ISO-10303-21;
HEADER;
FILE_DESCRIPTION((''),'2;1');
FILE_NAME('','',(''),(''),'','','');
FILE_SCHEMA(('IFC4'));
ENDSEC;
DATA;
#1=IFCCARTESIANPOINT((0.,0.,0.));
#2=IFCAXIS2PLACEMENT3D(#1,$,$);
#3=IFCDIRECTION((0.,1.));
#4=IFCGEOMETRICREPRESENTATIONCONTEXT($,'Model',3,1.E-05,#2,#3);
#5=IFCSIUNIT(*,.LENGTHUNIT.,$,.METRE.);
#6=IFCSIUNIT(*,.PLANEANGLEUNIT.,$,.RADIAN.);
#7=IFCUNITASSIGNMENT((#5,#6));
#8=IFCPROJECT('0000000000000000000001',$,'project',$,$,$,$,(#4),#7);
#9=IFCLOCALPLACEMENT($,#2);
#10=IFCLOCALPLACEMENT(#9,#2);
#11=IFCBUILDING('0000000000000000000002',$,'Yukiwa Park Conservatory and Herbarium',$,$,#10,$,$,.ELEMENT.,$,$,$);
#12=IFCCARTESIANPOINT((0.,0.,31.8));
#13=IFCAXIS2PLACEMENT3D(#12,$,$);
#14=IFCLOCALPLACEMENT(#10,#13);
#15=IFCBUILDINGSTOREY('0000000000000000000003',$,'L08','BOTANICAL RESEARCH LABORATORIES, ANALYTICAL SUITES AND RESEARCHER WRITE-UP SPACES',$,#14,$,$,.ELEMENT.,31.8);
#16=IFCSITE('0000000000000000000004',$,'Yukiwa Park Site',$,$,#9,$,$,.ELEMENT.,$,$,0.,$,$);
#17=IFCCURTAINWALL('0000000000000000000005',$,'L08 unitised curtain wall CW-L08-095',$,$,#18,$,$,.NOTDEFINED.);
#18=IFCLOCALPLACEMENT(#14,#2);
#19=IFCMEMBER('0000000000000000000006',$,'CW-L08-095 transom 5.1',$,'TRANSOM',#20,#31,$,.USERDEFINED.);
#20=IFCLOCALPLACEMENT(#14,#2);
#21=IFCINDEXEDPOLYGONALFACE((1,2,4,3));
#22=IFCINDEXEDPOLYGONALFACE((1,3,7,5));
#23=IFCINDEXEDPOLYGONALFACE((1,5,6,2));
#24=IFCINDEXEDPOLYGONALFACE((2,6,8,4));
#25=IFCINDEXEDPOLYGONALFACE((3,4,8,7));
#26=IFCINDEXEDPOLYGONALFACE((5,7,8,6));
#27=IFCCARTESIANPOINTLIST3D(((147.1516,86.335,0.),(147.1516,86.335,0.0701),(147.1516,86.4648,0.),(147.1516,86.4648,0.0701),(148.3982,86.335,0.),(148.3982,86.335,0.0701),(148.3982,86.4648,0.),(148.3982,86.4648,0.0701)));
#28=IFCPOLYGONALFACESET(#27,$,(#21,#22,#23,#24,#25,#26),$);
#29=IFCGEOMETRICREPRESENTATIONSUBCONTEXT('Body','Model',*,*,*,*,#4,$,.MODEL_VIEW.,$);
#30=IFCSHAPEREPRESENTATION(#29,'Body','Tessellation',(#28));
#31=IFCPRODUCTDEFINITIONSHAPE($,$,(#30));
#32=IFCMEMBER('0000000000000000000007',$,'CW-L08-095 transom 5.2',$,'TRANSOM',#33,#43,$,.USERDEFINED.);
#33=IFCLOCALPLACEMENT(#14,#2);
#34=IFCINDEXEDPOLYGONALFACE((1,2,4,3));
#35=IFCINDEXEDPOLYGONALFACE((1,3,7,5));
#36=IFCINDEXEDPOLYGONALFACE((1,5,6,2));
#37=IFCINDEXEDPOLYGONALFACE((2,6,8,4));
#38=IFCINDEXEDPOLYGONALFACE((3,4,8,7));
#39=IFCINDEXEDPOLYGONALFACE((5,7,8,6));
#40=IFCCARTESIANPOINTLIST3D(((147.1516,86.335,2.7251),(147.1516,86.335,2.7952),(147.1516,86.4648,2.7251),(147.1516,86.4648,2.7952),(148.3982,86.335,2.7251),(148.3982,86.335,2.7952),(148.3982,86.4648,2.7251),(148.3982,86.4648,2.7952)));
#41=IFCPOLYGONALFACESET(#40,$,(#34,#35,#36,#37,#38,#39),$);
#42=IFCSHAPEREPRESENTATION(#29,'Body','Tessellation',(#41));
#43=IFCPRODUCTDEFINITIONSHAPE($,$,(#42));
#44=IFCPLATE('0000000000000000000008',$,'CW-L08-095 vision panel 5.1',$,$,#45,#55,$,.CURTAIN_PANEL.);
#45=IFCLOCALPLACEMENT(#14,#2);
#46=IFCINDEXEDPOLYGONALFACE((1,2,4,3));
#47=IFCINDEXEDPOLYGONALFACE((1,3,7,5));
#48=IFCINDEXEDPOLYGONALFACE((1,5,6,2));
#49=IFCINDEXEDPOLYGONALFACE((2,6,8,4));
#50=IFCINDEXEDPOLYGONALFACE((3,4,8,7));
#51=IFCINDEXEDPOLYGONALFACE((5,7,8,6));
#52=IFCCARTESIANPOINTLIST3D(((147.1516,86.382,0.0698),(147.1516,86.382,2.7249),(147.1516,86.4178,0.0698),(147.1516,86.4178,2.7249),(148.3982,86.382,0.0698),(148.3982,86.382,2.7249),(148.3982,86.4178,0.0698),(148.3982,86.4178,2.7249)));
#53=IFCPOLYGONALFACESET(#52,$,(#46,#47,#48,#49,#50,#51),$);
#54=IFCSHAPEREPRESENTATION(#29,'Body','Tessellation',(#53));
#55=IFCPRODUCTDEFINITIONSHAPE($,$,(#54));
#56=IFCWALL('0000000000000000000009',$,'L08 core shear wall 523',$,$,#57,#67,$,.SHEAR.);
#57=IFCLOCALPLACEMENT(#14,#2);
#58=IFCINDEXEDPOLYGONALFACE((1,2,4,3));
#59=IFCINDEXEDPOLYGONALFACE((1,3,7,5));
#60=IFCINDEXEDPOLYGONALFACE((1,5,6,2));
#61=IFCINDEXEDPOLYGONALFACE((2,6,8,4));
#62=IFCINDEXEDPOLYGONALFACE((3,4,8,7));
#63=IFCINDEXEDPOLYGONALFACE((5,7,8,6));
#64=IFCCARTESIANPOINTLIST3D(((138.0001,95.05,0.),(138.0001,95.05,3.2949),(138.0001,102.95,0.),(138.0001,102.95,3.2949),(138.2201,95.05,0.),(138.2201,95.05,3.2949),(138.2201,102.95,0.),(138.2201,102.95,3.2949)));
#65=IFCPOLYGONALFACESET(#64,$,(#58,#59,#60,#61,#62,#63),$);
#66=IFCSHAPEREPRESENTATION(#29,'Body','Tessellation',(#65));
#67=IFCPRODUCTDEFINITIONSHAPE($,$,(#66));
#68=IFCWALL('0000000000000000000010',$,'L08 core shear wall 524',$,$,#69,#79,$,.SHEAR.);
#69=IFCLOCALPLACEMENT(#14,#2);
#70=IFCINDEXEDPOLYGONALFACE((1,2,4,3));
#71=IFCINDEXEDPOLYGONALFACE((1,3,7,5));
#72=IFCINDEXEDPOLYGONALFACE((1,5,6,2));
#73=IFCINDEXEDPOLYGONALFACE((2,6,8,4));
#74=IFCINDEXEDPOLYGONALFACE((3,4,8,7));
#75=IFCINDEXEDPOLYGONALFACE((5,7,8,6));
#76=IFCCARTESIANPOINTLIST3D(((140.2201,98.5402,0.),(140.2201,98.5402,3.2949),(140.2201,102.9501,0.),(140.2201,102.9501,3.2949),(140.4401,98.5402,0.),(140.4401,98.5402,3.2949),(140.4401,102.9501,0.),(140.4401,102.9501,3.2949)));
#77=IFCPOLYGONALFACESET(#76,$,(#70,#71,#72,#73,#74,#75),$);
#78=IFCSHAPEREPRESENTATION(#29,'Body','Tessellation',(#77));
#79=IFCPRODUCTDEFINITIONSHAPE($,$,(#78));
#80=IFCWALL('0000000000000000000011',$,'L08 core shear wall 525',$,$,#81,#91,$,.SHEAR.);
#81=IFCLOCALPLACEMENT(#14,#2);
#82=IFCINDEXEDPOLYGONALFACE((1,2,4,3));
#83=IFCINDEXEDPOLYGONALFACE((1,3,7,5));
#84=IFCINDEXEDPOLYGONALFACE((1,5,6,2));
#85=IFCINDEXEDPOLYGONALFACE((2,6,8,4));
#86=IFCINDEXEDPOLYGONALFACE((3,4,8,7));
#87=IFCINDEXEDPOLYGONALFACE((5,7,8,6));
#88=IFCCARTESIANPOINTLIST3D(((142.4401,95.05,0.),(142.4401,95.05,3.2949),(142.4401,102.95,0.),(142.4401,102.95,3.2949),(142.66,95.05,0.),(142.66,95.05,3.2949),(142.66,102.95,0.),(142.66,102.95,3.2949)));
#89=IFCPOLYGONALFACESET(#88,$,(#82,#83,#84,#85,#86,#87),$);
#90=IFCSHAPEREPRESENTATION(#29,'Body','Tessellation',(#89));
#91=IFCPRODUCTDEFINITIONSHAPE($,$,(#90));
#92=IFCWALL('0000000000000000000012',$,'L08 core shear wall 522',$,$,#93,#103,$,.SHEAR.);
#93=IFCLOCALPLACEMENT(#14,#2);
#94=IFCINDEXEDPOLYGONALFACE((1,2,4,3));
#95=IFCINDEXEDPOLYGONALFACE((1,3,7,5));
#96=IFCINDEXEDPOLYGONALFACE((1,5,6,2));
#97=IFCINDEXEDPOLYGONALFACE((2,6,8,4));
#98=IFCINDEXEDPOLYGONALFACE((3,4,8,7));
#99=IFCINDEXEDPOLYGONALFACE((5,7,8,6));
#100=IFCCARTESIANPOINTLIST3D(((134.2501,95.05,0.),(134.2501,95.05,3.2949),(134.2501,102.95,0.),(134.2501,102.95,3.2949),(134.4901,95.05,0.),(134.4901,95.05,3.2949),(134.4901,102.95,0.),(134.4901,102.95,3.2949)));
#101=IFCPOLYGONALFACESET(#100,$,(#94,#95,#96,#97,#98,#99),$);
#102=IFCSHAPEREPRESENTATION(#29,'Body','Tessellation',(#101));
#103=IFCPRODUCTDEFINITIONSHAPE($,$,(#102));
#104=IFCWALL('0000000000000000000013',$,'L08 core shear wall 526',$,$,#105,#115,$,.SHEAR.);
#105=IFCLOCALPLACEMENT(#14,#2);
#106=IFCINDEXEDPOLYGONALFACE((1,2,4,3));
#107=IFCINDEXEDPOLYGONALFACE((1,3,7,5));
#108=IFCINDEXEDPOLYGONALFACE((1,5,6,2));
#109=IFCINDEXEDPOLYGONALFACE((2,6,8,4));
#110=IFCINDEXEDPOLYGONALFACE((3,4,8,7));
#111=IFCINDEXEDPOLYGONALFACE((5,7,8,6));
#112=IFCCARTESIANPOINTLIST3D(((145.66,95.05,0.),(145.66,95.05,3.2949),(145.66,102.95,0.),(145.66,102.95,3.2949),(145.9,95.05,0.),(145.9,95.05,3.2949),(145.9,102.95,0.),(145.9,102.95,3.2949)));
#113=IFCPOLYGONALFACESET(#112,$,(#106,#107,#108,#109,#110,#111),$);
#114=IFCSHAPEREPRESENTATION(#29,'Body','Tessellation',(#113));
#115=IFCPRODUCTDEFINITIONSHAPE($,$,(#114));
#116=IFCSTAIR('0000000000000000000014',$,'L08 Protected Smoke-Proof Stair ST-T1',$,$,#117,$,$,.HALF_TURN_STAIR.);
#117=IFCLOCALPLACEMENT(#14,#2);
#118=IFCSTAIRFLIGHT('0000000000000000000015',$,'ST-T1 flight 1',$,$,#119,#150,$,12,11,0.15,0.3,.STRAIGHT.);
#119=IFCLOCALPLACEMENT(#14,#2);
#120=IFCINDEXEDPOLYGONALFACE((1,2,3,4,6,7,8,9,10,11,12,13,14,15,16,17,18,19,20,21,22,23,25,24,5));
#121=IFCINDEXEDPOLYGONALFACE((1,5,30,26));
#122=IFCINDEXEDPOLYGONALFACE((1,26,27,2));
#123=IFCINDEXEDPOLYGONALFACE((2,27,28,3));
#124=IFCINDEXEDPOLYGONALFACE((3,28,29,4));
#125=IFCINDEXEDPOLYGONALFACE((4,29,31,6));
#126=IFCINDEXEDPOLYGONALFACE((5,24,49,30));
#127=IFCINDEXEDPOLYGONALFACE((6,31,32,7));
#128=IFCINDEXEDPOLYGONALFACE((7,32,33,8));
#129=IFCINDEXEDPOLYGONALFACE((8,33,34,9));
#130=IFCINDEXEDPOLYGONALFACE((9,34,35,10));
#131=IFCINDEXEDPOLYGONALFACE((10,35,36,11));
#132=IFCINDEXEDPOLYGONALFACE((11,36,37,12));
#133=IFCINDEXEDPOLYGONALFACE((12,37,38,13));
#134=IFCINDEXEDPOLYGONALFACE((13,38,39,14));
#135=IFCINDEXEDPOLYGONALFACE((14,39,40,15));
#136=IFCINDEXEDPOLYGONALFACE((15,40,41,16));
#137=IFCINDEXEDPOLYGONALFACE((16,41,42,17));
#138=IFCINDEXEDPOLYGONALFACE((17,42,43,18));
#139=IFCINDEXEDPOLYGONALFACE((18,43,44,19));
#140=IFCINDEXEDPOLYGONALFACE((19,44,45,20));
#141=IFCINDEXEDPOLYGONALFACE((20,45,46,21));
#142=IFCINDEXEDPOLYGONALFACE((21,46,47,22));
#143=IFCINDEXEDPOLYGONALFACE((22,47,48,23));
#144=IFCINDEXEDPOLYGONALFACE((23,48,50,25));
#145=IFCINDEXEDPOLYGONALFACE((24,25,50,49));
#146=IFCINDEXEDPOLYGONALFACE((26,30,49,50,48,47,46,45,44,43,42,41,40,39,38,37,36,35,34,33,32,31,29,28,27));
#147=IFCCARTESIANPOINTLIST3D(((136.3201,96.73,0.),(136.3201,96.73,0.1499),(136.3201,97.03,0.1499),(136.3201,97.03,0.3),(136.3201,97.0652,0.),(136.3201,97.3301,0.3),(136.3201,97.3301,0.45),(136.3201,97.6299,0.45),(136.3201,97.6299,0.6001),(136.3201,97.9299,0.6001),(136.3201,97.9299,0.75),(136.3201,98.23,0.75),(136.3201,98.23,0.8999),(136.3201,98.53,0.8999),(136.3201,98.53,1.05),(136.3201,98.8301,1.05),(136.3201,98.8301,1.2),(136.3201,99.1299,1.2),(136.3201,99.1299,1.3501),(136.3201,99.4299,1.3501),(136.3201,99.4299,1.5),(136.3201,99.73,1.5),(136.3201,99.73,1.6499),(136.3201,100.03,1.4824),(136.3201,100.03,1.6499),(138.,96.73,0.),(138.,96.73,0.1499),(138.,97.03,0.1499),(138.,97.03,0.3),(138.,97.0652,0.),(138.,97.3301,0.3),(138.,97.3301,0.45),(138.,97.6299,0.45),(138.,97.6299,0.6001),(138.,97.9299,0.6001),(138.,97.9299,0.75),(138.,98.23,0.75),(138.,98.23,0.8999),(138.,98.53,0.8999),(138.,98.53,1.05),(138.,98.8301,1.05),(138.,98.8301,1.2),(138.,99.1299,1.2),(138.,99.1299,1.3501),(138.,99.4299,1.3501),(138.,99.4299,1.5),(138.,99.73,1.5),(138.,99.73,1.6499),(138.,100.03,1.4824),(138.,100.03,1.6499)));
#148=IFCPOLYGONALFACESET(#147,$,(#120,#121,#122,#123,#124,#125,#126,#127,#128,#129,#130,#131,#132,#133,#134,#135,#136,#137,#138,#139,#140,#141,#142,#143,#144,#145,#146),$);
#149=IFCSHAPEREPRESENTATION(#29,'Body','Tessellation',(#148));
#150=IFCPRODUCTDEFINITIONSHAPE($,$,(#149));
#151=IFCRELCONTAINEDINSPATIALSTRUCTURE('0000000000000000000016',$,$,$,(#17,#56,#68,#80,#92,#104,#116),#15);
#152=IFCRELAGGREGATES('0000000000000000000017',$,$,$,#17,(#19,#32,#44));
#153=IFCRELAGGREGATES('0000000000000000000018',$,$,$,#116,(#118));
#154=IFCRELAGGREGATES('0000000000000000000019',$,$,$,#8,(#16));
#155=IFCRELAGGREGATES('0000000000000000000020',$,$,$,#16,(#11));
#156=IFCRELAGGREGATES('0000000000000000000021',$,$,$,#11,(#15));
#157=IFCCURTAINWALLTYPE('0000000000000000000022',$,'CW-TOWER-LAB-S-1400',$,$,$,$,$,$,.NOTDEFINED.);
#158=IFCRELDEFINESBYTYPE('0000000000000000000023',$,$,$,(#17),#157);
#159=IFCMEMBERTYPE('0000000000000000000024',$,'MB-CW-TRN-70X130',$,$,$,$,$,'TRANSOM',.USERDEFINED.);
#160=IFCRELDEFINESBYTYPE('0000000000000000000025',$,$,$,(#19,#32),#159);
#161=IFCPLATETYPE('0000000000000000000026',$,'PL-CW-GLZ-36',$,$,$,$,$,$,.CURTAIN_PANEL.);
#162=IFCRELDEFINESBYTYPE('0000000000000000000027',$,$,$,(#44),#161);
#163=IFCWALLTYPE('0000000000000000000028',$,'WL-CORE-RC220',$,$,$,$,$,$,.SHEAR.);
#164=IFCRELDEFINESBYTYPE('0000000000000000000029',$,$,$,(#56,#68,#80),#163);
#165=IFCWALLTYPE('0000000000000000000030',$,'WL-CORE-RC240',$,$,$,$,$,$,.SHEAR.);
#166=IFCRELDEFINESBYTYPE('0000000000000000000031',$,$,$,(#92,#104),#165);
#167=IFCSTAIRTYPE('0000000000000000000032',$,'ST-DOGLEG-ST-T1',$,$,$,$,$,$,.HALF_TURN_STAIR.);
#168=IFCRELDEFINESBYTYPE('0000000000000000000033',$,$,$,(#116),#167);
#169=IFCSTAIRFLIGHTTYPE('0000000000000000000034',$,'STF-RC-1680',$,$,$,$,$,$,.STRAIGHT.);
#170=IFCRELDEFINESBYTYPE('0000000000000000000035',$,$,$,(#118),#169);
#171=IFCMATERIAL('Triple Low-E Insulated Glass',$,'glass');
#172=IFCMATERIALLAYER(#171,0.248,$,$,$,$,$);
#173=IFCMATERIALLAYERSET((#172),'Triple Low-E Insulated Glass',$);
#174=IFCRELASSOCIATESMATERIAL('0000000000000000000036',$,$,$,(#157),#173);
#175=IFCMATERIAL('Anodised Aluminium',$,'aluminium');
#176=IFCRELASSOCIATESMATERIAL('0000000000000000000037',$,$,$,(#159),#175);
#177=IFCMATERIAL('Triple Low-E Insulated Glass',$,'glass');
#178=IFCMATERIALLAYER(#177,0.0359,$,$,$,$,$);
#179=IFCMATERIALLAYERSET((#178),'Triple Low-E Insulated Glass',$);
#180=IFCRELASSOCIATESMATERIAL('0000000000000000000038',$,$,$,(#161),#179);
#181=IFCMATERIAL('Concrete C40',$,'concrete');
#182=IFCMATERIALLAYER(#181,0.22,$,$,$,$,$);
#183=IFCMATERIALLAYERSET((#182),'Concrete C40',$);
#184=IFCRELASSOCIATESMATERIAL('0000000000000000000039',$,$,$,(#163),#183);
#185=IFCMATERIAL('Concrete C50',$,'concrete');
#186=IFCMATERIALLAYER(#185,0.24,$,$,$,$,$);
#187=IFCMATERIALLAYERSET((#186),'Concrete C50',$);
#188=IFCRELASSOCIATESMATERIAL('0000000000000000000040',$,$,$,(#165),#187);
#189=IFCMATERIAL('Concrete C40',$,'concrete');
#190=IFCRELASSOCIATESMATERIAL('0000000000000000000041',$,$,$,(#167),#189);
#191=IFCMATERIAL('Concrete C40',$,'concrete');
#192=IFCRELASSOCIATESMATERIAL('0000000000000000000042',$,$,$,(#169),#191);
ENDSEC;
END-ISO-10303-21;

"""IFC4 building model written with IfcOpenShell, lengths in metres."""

from ifc_helpers import new_model, si_unit, direction, frame, frame_2d, origin, origin_2d, place, context, subcontext, project, spatial, polyline, rectangle, outline, extrude, material, layer, layer_set, type_object, element, aggregate, save


model = new_model("IFC4")

# Units and contexts
model_context = context("Model", 3, precision=1e-05, world=origin(), true_north=direction((0.0, 1.0)))
body_context = subcontext(model_context, "Body", "Model", "MODEL_VIEW")
ifc_project = project(units=[si_unit("LENGTHUNIT", "METRE"), si_unit("PLANEANGLEUNIT", "RADIAN")], contexts=[model_context])

# Site, building, storey
site_placement = place(None, origin())
site = spatial("IfcSite", under=ifc_project, at=site_placement, Name="Yukiwa Park Site", CompositionType="ELEMENT", RefElevation=0.0)
building_placement = place(site_placement, origin())
building = spatial("IfcBuilding", under=site, at=building_placement, Name="Yukiwa Park Conservatory and Herbarium", CompositionType="ELEMENT")
storey_placement = place(building_placement, frame((0.0, 0.0, 31.8)))
storey = spatial("IfcBuildingStorey", under=building, at=storey_placement, Name="L08", Description="BOTANICAL RESEARCH LABORATORIES, ANALYTICAL SUITES AND RESEARCHER WRITE-UP SPACES", CompositionType="ELEMENT", Elevation=31.8)

# Curtain wall, members, plate
ifc_material_1 = material(Name="Triple Low-E Insulated Glass", Category="glass")
ifc_layer_1 = layer(ifc_material_1, 0.248)
ifc_layer_set_1 = layer_set([ifc_layer_1], Name="Triple Low-E Insulated Glass")
curtain_wall_type = type_object("IfcCurtainWallType", Name="CW-TOWER-LAB-S-1400", PredefinedType="NOTDEFINED", material=ifc_layer_set_1)
curtain_wall_placement = place(storey_placement, origin())
curtain_wall = element("IfcCurtainWall", 1, at=curtain_wall_placement, inside=storey, type_object=curtain_wall_type, Name="L08 unitised curtain wall CW-L08-095", PredefinedType="NOTDEFINED")
ifc_material_2 = material(Name="Anodised Aluminium", Category="aluminium")
member_type = type_object("IfcMemberType", Name="MB-CW-TRN-70X130", ElementType="TRANSOM", PredefinedType="USERDEFINED", material=ifc_material_2)
member_1_placement = place(storey_placement, frame((147.7749, 86.3999, 0.0), z_axis=(0.0, 0.0, 1.0), x_axis=(1.0, 0.0, 0.0)))
member_1 = element("IfcMember", 2, at=member_1_placement, type_object=member_type, Name="CW-L08-095 transom 5.1", ObjectType="TRANSOM", PredefinedType="USERDEFINED", context=body_context, shape_type="SweptSolid", body=[
    extrude(rectangle(XDim=1.2466, YDim=0.1299, at=origin_2d()), origin(), (0.0, 0.0, 1.0), 0.0701),
])
member_2_placement = place(storey_placement, frame((147.7749, 86.3999, 2.7251), z_axis=(0.0, 0.0, 1.0), x_axis=(1.0, 0.0, 0.0)))
member_2 = element("IfcMember", 3, at=member_2_placement, type_object=member_type, Name="CW-L08-095 transom 5.2", ObjectType="TRANSOM", PredefinedType="USERDEFINED", context=body_context, shape_type="SweptSolid", body=[
    extrude(rectangle(XDim=1.2466, YDim=0.1299, at=origin_2d()), origin(), (0.0, 0.0, 1.0), 0.0701),
])
ifc_material_3 = material(Name="Triple Low-E Insulated Glass", Category="glass")
ifc_layer_2 = layer(ifc_material_3, 0.0359)
ifc_layer_set_2 = layer_set([ifc_layer_2], Name="Triple Low-E Insulated Glass")
plate_type = type_object("IfcPlateType", Name="PL-CW-GLZ-36", PredefinedType="CURTAIN_PANEL", material=ifc_layer_set_2)
plate_placement = place(storey_placement, frame((147.7749, 86.3999, 0.0698), z_axis=(0.0, 0.0, 1.0), x_axis=(1.0, 0.0, 0.0)))
plate = element("IfcPlate", 4, at=plate_placement, type_object=plate_type, Name="CW-L08-095 vision panel 5.1", PredefinedType="CURTAIN_PANEL", context=body_context, shape_type="SweptSolid", body=[
    extrude(rectangle(XDim=1.2466, YDim=0.0359, at=origin_2d()), origin(), (0.0, 0.0, 1.0), 2.655),
])
aggregate(curtain_wall, [member_1, member_2, plate])

# Walls
ifc_material_4 = material(Name="Concrete C40", Category="concrete")
ifc_layer_3 = layer(ifc_material_4, 0.22)
ifc_layer_set_3 = layer_set([ifc_layer_3], Name="Concrete C40")
wall_type_1 = type_object("IfcWallType", Name="WL-CORE-RC220", PredefinedType="SHEAR", material=ifc_layer_set_3)
wall_1_placement = place(storey_placement, frame((138.1101, 95.05, 0.0), z_axis=(0.0, 0.0, 1.0), x_axis=(0.0, 1.0, 0.0)))
element("IfcWall", 5, at=wall_1_placement, inside=storey, type_object=wall_type_1, Name="L08 core shear wall 523", PredefinedType="SHEAR", context=body_context, shape_type="SweptSolid", body=[
    extrude(rectangle(XDim=7.8999, YDim=0.22, at=frame_2d((3.95, 0.0))), origin(), (0.0, 0.0, 1.0), 3.2949),
])
wall_2_placement = place(storey_placement, frame((140.3301, 98.54, 0.0), z_axis=(0.0, 0.0, 1.0), x_axis=(0.0, 1.0, 0.0)))
element("IfcWall", 6, at=wall_2_placement, inside=storey, type_object=wall_type_1, Name="L08 core shear wall 524", PredefinedType="SHEAR", context=body_context, shape_type="SweptSolid", body=[
    extrude(rectangle(XDim=4.4099, YDim=0.22, at=frame_2d((2.2051, 0.0))), origin(), (0.0, 0.0, 1.0), 3.2949),
])
wall_3_placement = place(storey_placement, frame((142.55, 95.05, 0.0), z_axis=(0.0, 0.0, 1.0), x_axis=(0.0, 1.0, 0.0)))
element("IfcWall", 7, at=wall_3_placement, inside=storey, type_object=wall_type_1, Name="L08 core shear wall 525", PredefinedType="SHEAR", context=body_context, shape_type="SweptSolid", body=[
    extrude(rectangle(XDim=7.8999, YDim=0.22, at=frame_2d((3.95, 0.0))), origin(), (0.0, 0.0, 1.0), 3.2949),
])

# Shared definitions
ifc_material_5 = material(Name="Concrete C50", Category="concrete")
ifc_layer_4 = layer(ifc_material_5, 0.24)
ifc_layer_set_4 = layer_set([ifc_layer_4], Name="Concrete C50")
wall_type_2 = type_object("IfcWallType", Name="WL-CORE-RC240", PredefinedType="SHEAR", material=ifc_layer_set_4)

# Walls
for number, where, z_axis, x_axis, name in (
    (8, (134.3701, 95.05, 0.0), (0.0, 0.0, 1.0), (0.0, 1.0, 0.0), "L08 core shear wall 522"),
    (9, (145.78, 95.05, 0.0), (0.0, 0.0, 1.0), (0.0, 1.0, 0.0), "L08 core shear wall 526"),
):
    element("IfcWall", number, at=place(storey_placement, frame(where, z_axis=z_axis, x_axis=x_axis)), inside=storey, type_object=wall_type_2, Name=name, PredefinedType="SHEAR", context=body_context, shape_type="SweptSolid", body=[
        extrude(rectangle(XDim=7.8999, YDim=0.24, at=frame_2d((3.95, 0.0))), origin(), (0.0, 0.0, 1.0), 3.2949),
    ])

# Stair, stair flight
ifc_material_6 = material(Name="Concrete C40", Category="concrete")
stair_type = type_object("IfcStairType", Name="ST-DOGLEG-ST-T1", PredefinedType="HALF_TURN_STAIR", material=ifc_material_6)
stair_placement = place(storey_placement, origin())
stair = element("IfcStair", 10, at=stair_placement, inside=storey, type_object=stair_type, Name="L08 Protected Smoke-Proof Stair ST-T1", PredefinedType="HALF_TURN_STAIR")
ifc_material_7 = material(Name="Concrete C40", Category="concrete")
stair_flight_type = type_object("IfcStairFlightType", Name="STF-RC-1680", PredefinedType="STRAIGHT", material=ifc_material_7)
stair_flight_placement = place(storey_placement, frame((137.1599, 96.73, 0.0), z_axis=(0.0, 0.0, 1.0), x_axis=(0.0, 1.0, 0.0)))
stair_flight = element("IfcStairFlight", 11, at=stair_flight_placement, type_object=stair_flight_type, Name="ST-T1 flight 1", NumberOfRisers=12, NumberOfTreads=11, PredefinedType="STRAIGHT", RiserHeight=0.15, TreadLength=0.3, context=body_context, shape_type="SweptSolid", body=[
    extrude(outline(polyline([(0.0, 0.0), (0.0, 0.1499), (0.3, 0.1499), (0.3, 0.3), (0.6001, 0.3), (0.6001, 0.45), (0.8999, 0.45), (0.8999, 0.6001), (1.2, 0.6001), (1.2, 0.75), (1.5, 0.75), (1.5, 0.8999), (1.8, 0.8999), (1.8, 1.05), (2.1001, 1.05), (2.1001, 1.2), (2.3999, 1.2), (2.3999, 1.3501), (2.7, 1.3501), (2.7, 1.5), (3.0, 1.5), (3.0, 1.6499), (3.3, 1.6499), (3.3, 1.8), (3.3, 1.4824), (0.3352, 0.0), (0.0, 0.0)])), frame((0.0, 0.8398, 0.0), z_axis=(0.0, -1.0, 0.0), x_axis=(1.0, 0.0, 0.0)), (0.0, 0.0, 1.0), 1.6799),
])
aggregate(stair, [stair_flight])

save(model, "model.ifc")
